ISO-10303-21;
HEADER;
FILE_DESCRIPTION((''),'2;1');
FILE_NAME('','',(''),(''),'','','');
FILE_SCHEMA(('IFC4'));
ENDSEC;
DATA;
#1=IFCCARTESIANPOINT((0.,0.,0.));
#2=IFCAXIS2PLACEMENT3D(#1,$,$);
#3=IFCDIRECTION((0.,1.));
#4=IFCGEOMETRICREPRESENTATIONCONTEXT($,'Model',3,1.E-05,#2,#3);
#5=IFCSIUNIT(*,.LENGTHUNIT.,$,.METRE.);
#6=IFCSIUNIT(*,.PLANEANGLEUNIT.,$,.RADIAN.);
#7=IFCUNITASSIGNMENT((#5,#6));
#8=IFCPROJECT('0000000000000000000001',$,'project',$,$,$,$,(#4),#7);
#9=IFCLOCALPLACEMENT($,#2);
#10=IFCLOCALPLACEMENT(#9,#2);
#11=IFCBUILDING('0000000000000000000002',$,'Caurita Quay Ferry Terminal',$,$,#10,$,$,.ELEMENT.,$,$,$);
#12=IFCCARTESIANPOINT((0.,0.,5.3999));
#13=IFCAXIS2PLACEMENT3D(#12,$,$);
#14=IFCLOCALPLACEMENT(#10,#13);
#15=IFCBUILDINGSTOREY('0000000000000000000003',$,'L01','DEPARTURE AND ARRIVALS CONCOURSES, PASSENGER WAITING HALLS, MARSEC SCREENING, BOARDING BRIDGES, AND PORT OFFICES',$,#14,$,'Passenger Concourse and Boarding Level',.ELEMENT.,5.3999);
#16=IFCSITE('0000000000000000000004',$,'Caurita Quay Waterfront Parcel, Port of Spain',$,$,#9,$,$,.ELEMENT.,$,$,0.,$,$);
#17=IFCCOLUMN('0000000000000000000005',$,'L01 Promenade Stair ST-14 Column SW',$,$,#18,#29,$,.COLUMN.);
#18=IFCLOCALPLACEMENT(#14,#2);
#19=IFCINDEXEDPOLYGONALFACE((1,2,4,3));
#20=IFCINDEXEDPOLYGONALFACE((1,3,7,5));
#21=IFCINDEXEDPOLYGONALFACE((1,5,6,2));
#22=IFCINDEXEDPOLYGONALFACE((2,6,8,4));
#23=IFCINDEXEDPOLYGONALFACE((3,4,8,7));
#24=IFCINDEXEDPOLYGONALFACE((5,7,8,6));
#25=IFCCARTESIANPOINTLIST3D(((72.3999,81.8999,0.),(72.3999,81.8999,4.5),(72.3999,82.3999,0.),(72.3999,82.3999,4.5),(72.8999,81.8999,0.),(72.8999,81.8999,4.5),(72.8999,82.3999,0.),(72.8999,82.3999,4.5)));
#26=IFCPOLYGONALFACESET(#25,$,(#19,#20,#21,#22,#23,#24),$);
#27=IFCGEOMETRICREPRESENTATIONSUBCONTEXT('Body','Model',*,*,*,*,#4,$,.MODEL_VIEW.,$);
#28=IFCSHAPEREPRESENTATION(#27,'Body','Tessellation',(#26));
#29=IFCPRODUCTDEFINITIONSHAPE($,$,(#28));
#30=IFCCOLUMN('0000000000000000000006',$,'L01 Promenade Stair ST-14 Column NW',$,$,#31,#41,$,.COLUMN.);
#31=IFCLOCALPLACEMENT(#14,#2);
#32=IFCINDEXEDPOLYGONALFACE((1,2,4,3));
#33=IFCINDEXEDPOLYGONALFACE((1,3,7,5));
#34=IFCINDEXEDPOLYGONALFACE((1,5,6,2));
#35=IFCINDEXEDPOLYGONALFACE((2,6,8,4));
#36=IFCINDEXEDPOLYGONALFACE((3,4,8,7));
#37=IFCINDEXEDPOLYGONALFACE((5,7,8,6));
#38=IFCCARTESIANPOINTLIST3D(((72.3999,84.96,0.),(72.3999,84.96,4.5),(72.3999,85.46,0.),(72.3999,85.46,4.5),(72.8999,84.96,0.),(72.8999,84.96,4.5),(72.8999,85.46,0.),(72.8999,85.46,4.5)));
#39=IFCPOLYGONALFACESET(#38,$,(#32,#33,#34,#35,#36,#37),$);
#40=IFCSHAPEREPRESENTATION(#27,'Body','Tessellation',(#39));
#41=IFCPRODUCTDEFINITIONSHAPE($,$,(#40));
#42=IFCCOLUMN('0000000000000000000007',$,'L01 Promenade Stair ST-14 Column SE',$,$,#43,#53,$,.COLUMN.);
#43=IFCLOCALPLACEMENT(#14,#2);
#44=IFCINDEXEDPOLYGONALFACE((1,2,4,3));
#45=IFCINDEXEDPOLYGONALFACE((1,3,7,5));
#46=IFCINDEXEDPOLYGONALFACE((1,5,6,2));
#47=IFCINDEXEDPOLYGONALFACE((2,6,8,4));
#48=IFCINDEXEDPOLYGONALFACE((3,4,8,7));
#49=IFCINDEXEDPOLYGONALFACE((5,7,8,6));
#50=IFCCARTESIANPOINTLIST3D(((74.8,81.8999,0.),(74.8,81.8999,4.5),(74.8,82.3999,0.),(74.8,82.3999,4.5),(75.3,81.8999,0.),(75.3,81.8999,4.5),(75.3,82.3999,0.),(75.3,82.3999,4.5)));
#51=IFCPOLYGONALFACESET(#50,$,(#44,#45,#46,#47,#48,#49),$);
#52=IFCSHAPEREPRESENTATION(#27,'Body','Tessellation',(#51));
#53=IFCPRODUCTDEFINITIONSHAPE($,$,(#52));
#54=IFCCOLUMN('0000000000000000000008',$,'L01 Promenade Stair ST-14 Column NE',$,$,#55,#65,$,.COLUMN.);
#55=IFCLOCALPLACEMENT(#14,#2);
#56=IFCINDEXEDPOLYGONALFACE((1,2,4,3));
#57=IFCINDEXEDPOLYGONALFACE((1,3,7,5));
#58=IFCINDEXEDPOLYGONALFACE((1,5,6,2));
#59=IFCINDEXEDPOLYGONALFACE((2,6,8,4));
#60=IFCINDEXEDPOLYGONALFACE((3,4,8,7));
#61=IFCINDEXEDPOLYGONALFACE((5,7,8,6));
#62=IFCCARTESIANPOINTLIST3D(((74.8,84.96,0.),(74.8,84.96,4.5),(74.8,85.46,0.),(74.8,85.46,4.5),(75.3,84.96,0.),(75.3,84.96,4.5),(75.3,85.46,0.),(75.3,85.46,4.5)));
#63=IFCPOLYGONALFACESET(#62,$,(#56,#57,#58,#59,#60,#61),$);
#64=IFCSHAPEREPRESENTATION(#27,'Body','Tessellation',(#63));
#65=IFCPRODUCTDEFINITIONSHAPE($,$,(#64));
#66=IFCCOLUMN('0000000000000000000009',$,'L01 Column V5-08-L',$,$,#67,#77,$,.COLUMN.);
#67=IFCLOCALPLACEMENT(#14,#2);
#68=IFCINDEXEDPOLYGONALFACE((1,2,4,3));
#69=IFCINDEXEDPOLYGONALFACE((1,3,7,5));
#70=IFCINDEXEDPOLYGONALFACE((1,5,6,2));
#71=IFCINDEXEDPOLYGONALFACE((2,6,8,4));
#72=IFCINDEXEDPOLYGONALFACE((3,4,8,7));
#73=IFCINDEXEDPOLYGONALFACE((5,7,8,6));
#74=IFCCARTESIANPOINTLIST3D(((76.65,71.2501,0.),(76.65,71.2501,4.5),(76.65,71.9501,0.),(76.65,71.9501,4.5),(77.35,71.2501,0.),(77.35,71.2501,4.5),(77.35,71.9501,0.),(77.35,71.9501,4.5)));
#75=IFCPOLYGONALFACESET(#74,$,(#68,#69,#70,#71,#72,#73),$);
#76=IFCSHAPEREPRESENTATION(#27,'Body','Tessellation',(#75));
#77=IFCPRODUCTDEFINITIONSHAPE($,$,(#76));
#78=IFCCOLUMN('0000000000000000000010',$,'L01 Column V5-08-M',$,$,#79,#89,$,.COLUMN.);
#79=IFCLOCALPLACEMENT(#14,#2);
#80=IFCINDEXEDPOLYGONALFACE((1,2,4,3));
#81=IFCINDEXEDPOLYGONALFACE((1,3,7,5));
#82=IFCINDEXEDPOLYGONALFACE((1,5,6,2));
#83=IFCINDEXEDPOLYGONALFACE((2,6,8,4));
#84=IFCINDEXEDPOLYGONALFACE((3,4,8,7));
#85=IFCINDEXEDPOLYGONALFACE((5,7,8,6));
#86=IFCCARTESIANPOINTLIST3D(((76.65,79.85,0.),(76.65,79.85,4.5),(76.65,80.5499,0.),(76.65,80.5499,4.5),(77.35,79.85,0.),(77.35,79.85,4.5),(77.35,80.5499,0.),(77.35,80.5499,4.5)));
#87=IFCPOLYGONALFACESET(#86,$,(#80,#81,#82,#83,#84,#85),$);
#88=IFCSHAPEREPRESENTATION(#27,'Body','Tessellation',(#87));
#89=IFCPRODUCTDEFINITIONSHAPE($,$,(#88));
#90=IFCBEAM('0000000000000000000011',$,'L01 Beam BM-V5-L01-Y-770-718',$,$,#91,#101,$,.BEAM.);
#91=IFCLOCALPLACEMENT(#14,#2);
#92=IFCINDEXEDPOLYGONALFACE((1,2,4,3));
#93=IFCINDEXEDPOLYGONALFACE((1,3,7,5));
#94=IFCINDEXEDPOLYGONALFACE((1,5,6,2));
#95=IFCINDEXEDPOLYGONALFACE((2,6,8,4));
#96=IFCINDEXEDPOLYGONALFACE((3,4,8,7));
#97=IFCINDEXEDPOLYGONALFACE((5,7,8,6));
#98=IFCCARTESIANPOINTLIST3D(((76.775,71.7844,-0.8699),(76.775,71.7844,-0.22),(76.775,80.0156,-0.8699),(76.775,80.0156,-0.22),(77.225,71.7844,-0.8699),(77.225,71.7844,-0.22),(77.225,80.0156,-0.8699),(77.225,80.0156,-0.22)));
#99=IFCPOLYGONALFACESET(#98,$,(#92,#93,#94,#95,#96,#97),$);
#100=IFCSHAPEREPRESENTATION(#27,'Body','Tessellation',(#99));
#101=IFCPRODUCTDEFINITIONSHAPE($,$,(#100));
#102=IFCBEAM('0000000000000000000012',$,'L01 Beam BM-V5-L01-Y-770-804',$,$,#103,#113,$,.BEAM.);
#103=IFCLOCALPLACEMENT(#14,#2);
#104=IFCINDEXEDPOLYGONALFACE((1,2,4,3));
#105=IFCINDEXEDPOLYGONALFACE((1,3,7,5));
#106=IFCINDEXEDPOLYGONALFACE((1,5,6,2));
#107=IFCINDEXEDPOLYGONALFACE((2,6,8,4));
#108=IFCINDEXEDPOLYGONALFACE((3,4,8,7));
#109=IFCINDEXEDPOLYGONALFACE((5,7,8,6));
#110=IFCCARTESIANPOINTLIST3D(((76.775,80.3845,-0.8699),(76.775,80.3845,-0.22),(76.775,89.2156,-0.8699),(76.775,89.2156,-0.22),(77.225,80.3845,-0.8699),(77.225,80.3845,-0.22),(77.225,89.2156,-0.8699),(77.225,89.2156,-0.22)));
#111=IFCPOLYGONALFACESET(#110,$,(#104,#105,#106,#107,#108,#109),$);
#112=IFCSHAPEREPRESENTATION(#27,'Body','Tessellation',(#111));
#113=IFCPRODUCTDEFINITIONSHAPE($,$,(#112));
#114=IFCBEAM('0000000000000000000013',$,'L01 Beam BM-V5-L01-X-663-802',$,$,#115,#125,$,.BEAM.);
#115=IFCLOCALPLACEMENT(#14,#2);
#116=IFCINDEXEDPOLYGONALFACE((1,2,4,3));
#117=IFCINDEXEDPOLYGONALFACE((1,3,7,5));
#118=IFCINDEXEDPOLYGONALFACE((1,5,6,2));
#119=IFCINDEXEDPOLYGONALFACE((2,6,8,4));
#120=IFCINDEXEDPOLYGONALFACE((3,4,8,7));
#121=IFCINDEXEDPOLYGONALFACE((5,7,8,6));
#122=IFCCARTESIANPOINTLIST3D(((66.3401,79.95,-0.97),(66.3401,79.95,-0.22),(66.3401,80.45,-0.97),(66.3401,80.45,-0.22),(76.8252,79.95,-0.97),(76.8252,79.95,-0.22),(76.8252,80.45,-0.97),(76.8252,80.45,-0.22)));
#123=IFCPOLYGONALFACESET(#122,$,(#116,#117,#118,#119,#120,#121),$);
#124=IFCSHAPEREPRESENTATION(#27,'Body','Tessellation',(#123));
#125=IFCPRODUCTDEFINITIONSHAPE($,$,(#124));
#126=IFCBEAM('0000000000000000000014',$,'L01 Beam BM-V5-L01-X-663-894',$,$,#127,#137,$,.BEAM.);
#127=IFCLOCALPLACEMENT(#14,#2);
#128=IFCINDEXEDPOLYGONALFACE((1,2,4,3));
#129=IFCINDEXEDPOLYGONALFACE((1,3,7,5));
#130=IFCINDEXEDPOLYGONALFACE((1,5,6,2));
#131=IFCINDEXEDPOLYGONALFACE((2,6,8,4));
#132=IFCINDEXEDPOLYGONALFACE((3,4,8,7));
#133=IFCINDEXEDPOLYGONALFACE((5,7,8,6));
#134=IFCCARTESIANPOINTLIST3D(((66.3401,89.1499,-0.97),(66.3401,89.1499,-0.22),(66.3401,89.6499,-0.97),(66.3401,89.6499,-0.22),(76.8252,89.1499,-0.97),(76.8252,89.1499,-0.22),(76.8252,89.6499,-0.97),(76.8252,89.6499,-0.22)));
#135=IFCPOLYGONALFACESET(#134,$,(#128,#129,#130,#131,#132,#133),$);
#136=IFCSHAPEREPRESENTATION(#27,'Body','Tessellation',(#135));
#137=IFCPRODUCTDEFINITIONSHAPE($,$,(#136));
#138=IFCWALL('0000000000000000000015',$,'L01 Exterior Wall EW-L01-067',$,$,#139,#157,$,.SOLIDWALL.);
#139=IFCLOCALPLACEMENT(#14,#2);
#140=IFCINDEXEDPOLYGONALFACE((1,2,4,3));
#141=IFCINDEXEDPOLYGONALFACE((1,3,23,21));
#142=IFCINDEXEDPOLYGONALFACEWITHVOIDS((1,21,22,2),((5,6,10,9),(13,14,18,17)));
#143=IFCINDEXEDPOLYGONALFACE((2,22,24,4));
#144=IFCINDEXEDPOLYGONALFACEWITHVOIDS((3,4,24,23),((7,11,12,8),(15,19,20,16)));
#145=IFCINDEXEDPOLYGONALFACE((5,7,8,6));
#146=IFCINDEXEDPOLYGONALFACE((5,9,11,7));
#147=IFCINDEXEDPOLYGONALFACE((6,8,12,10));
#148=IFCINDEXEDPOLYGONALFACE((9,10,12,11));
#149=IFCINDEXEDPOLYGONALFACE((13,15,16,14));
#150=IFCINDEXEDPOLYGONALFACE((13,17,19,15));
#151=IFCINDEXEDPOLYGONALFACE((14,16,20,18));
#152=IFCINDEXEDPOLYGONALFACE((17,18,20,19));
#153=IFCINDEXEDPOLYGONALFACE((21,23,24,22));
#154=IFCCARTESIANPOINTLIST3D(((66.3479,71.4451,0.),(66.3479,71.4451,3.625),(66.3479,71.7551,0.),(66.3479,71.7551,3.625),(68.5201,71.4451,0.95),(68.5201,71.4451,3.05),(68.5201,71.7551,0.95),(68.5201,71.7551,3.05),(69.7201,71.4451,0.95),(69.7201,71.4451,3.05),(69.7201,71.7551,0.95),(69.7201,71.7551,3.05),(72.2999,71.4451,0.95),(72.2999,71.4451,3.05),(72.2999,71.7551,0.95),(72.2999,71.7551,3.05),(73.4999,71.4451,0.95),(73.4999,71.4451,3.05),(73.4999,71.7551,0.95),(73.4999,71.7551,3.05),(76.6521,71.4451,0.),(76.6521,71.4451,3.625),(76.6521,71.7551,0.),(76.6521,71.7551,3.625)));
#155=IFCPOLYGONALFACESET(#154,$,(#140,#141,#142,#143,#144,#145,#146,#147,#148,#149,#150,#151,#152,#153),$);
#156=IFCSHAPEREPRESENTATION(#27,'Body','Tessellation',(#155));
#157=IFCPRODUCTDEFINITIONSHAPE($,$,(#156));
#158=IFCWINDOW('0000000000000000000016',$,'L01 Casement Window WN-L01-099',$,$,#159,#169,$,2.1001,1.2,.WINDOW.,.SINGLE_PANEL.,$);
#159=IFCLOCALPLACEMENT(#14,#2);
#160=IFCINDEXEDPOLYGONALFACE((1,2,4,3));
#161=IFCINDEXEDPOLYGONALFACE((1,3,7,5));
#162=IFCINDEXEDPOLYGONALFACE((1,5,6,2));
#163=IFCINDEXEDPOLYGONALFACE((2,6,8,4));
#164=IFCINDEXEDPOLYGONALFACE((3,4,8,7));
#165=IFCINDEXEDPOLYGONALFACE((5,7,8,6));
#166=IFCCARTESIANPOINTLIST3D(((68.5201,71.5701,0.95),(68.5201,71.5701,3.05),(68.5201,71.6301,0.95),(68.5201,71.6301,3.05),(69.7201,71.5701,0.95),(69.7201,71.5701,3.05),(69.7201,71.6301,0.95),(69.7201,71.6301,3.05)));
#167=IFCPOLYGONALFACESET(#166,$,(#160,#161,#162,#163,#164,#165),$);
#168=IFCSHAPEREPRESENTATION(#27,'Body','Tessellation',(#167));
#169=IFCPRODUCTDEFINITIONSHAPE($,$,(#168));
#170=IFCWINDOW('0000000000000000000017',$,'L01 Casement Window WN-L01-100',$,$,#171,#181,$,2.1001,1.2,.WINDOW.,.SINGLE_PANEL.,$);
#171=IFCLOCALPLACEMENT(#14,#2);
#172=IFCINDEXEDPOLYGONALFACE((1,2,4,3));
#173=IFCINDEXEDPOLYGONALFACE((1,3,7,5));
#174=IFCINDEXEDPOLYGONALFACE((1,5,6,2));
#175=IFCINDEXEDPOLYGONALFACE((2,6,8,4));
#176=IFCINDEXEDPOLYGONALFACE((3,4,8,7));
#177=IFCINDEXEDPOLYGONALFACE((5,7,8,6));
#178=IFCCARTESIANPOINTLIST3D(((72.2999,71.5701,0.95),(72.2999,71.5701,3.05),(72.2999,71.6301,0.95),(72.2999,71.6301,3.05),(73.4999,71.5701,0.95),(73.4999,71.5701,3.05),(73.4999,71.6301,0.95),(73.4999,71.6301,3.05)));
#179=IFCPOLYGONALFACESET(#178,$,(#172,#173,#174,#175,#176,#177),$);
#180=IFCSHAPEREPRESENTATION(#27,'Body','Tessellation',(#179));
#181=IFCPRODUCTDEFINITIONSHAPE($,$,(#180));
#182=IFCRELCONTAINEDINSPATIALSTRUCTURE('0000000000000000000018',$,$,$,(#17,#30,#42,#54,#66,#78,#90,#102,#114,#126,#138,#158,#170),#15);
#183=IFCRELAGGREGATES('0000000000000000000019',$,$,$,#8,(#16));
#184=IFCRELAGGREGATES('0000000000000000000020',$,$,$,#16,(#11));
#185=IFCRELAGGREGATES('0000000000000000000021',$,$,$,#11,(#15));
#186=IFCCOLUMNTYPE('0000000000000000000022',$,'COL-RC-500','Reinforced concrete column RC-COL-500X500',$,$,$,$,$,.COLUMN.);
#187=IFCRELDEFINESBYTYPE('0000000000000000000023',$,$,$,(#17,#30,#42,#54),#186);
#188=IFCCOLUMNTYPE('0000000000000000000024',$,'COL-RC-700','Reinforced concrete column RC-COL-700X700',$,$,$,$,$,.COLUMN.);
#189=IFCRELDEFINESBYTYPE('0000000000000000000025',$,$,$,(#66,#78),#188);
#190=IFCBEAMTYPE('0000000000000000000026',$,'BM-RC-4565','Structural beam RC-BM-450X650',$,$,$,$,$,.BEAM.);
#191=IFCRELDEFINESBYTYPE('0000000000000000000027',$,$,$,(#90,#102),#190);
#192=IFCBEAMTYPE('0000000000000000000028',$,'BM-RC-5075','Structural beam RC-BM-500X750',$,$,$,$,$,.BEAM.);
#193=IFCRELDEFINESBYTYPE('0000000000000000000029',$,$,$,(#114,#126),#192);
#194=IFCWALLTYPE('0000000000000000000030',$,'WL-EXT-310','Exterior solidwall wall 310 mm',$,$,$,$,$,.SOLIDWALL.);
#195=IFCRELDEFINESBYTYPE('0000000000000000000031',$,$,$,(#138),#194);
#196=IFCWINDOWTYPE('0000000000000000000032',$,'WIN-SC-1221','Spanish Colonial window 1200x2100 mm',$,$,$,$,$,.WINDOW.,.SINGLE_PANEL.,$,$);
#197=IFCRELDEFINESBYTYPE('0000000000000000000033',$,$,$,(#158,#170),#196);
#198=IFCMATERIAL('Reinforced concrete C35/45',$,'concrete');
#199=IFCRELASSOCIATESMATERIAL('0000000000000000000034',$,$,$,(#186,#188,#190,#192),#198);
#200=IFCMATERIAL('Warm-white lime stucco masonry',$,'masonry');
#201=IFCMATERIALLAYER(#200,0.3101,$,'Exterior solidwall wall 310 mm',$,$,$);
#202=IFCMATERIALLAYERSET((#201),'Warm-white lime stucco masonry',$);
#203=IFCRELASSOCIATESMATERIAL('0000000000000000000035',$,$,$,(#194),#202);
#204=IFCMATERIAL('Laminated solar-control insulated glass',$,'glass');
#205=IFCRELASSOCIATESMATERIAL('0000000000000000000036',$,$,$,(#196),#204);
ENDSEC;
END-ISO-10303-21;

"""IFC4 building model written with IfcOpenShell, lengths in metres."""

from ifc_helpers import new_model, si_unit, direction, frame, frame_2d, origin, origin_2d, place, context, subcontext, project, spatial, rectangle, extrude, material, layer, layer_set, material_profile, profile_set, type_object, element, fill, save


model = new_model("IFC4")

# Units and contexts
model_context = context("Model", 3, precision=1e-05, world=origin(), true_north=direction((0.0, 1.0)))
body_context = subcontext(model_context, "Body", "Model", "MODEL_VIEW")
ifc_project = project(units=[si_unit("LENGTHUNIT", "METRE"), si_unit("PLANEANGLEUNIT", "RADIAN")], contexts=[model_context])

# Site, building, storey
site_placement = place(None, origin())
site = spatial("IfcSite", under=ifc_project, at=site_placement, Name="Caurita Quay Waterfront Parcel, Port of Spain", CompositionType="ELEMENT", RefElevation=0.0)
building_placement = place(site_placement, origin())
building = spatial("IfcBuilding", under=site, at=building_placement, Name="Caurita Quay Ferry Terminal", CompositionType="ELEMENT")
storey_placement = place(building_placement, frame((0.0, 0.0, 5.3999)))
storey = spatial("IfcBuildingStorey", under=building, at=storey_placement, Name="L01", Description="DEPARTURE AND ARRIVALS CONCOURSES, PASSENGER WAITING HALLS, MARSEC SCREENING, BOARDING BRIDGES, AND PORT OFFICES", LongName="Passenger Concourse and Boarding Level", CompositionType="ELEMENT", Elevation=5.3999)

# Columns
ifc_material_1 = material(Name="Reinforced concrete C35/45", Category="concrete")
ifc_material_profile_1 = material_profile(ifc_material_1, rectangle(XDim=0.5, YDim=0.5, at=origin_2d()), Name="RC-COL-500X500")
ifc_profile_set_1 = profile_set([ifc_material_profile_1], Name="Reinforced concrete C35/45")
column_type_1 = type_object("IfcColumnType", Name="COL-RC-500", Description="Reinforced concrete column RC-COL-500X500", PredefinedType="COLUMN", material=ifc_profile_set_1)
for number, where, z_axis, x_axis, name in (
    (1, (72.6499, 82.1499, 0.0), (0.0, 0.0, 1.0), (1.0, 0.0, 0.0), "L01 Promenade Stair ST-14 Column SW"),
    (2, (72.6499, 85.21, 0.0), (0.0, 0.0, 1.0), (1.0, 0.0, 0.0), "L01 Promenade Stair ST-14 Column NW"),
    (3, (75.05, 82.1499, 0.0), (0.0, 0.0, 1.0), (1.0, 0.0, 0.0), "L01 Promenade Stair ST-14 Column SE"),
    (4, (75.05, 85.21, 0.0), (0.0, 0.0, 1.0), (1.0, 0.0, 0.0), "L01 Promenade Stair ST-14 Column NE"),
):
    element("IfcColumn", number, at=place(storey_placement, frame(where, z_axis=z_axis, x_axis=x_axis)), inside=storey, type_object=column_type_1, Name=name, PredefinedType="COLUMN", context=body_context, shape_type="SweptSolid", body=[
        extrude(rectangle(XDim=0.5, YDim=0.5, at=origin_2d()), origin(), (0.0, 0.0, 1.0), 4.5),
    ])
ifc_material_profile_2 = material_profile(ifc_material_1, rectangle(XDim=0.7, YDim=0.7, at=origin_2d()), Name="RC-COL-700X700")
ifc_profile_set_2 = profile_set([ifc_material_profile_2], Name="Reinforced concrete C35/45")
column_type_2 = type_object("IfcColumnType", Name="COL-RC-700", Description="Reinforced concrete column RC-COL-700X700", PredefinedType="COLUMN", material=ifc_profile_set_2)
for number, where, z_axis, x_axis, name in (
    (5, (77.0, 71.6001, 0.0), (0.0, 0.0, 1.0), (1.0, 0.0, 0.0), "L01 Column V5-08-L"),
    (6, (77.0, 80.2, 0.0), (0.0, 0.0, 1.0), (1.0, 0.0, 0.0), "L01 Column V5-08-M"),
):
    element("IfcColumn", number, at=place(storey_placement, frame(where, z_axis=z_axis, x_axis=x_axis)), inside=storey, type_object=column_type_2, Name=name, PredefinedType="COLUMN", context=body_context, shape_type="SweptSolid", body=[
        extrude(rectangle(XDim=0.7, YDim=0.7, at=origin_2d()), origin(), (0.0, 0.0, 1.0), 4.5),
    ])

# Beams
ifc_material_profile_3 = material_profile(ifc_material_1, rectangle(XDim=0.45, YDim=0.6499, at=origin_2d()), Name="RC-BM-450X650")
ifc_profile_set_3 = profile_set([ifc_material_profile_3], Name="Reinforced concrete C35/45")
beam_type_1 = type_object("IfcBeamType", Name="BM-RC-4565", Description="Structural beam RC-BM-450X650", PredefinedType="BEAM", material=ifc_profile_set_3)
beam_1_placement = place(storey_placement, frame((77.0, 71.7844, -0.5449), z_axis=(0.0, 1.0, 0.0), x_axis=(-1.0, 0.0, 0.0)))
element("IfcBeam", 7, at=beam_1_placement, inside=storey, type_object=beam_type_1, Name="L01 Beam BM-V5-L01-Y-770-718", PredefinedType="BEAM", context=body_context, shape_type="SweptSolid", body=[
    extrude(rectangle(XDim=0.45, YDim=0.6499, at=origin_2d()), origin(), (0.0, 0.0, 1.0), 8.2312),
])
beam_2_placement = place(storey_placement, frame((77.0, 80.3845, -0.5449), z_axis=(0.0, 1.0, 0.0), x_axis=(-1.0, 0.0, 0.0)))
element("IfcBeam", 8, at=beam_2_placement, inside=storey, type_object=beam_type_1, Name="L01 Beam BM-V5-L01-Y-770-804", PredefinedType="BEAM", context=body_context, shape_type="SweptSolid", body=[
    extrude(rectangle(XDim=0.45, YDim=0.6499, at=origin_2d()), origin(), (0.0, 0.0, 1.0), 8.8311),
])
ifc_material_profile_4 = material_profile(ifc_material_1, rectangle(XDim=0.5, YDim=0.75, at=origin_2d()), Name="RC-BM-500X750")
ifc_profile_set_4 = profile_set([ifc_material_profile_4], Name="Reinforced concrete C35/45")
beam_type_2 = type_object("IfcBeamType", Name="BM-RC-5075", Description="Structural beam RC-BM-500X750", PredefinedType="BEAM", material=ifc_profile_set_4)
for number, where, z_axis, x_axis, name in (
    (9, (66.3401, 80.2, -0.595), (1.0, 0.0, 0.0), (0.0, 1.0, 0.0), "L01 Beam BM-V5-L01-X-663-802"),
    (10, (66.3401, 89.3999, -0.595), (1.0, 0.0, 0.0), (0.0, 1.0, 0.0), "L01 Beam BM-V5-L01-X-663-894"),
):
    element("IfcBeam", number, at=place(storey_placement, frame(where, z_axis=z_axis, x_axis=x_axis)), inside=storey, type_object=beam_type_2, Name=name, PredefinedType="BEAM", context=body_context, shape_type="SweptSolid", body=[
        extrude(rectangle(XDim=0.5, YDim=0.75, at=origin_2d()), origin(), (0.0, 0.0, 1.0), 10.4851),
    ])

# Wall, openings, windows
ifc_material_2 = material(Name="Warm-white lime stucco masonry", Category="masonry")
ifc_layer_1 = layer(ifc_material_2, 0.3101, Name="Exterior solidwall wall 310 mm")
ifc_layer_set_1 = layer_set([ifc_layer_1], Name="Warm-white lime stucco masonry")
wall_type_1 = type_object("IfcWallType", Name="WL-EXT-310", Description="Exterior solidwall wall 310 mm", PredefinedType="SOLIDWALL", material=ifc_layer_set_1)
wall_1_placement = place(storey_placement, frame((66.3479, 71.6001, 0.0), z_axis=(0.0, 0.0, 1.0), x_axis=(1.0, 0.0, 0.0)))
wall_1 = element("IfcWall", 11, at=wall_1_placement, inside=storey, type_object=wall_type_1, Name="L01 Exterior Wall EW-L01-067", PredefinedType="SOLIDWALL", context=body_context, shape_type="SweptSolid", body=[
    extrude(rectangle(XDim=10.3042, YDim=0.3101, at=frame_2d((5.1521, 0.0))), origin(), (0.0, 0.0, 1.0), 3.625),
])
opening_1_placement = place(wall_1_placement, frame((2.1721, 0.0, 0.95)))
opening_1 = element("IfcOpeningElement", 12, at=opening_1_placement, cuts=wall_1, PredefinedType="OPENING", context=body_context, shape_type="SweptSolid", body=[
    extrude(rectangle(XDim=1.2, YDim=2.1001, at=frame_2d((0.6001, 1.05))), frame((0.0, 0.165, 0.0), z_axis=(0.0, -1.0, 0.0), x_axis=(1.0, 0.0, 0.0)), (0.0, 0.0, 1.0), 0.3301),
])
opening_2_placement = place(wall_1_placement, frame((5.9519, 0.0, 0.95)))
opening_2 = element("IfcOpeningElement", 13, at=opening_2_placement, cuts=wall_1, PredefinedType="OPENING", context=body_context, shape_type="SweptSolid", body=[
    extrude(rectangle(XDim=1.2, YDim=2.1001, at=frame_2d((0.6001, 1.05))), frame((0.0, 0.165, 0.0), z_axis=(0.0, -1.0, 0.0), x_axis=(1.0, 0.0, 0.0)), (0.0, 0.0, 1.0), 0.3301),
])
ifc_material_3 = material(Name="Laminated solar-control insulated glass", Category="glass")
window_type = type_object("IfcWindowType", Name="WIN-SC-1221", Description="Spanish Colonial window 1200x2100 mm", PartitioningType="SINGLE_PANEL", PredefinedType="WINDOW", material=ifc_material_3)
window_1_placement = place(opening_1_placement, origin())
window_1 = element("IfcWindow", 14, at=window_1_placement, inside=storey, type_object=window_type, Name="L01 Casement Window WN-L01-099", OverallHeight=2.1001, OverallWidth=1.2, PartitioningType="SINGLE_PANEL", PredefinedType="WINDOW", context=body_context, shape_type="SweptSolid", body=[
    extrude(rectangle(XDim=1.2, YDim=2.1001, at=frame_2d((0.6001, 1.05))), frame((0.0, 0.03, 0.0), z_axis=(0.0, -1.0, 0.0), x_axis=(1.0, 0.0, 0.0)), (0.0, 0.0, 1.0), 0.0601),
])
fill(opening_1, window_1)
window_2_placement = place(opening_2_placement, origin())
window_2 = element("IfcWindow", 15, at=window_2_placement, inside=storey, type_object=window_type, Name="L01 Casement Window WN-L01-100", OverallHeight=2.1001, OverallWidth=1.2, PartitioningType="SINGLE_PANEL", PredefinedType="WINDOW", context=body_context, shape_type="SweptSolid", body=[
    extrude(rectangle(XDim=1.2, YDim=2.1001, at=frame_2d((0.6001, 1.05))), frame((0.0, 0.03, 0.0), z_axis=(0.0, -1.0, 0.0), x_axis=(1.0, 0.0, 0.0)), (0.0, 0.0, 1.0), 0.0601),
])
fill(opening_2, window_2)

save(model, "model.ifc")
